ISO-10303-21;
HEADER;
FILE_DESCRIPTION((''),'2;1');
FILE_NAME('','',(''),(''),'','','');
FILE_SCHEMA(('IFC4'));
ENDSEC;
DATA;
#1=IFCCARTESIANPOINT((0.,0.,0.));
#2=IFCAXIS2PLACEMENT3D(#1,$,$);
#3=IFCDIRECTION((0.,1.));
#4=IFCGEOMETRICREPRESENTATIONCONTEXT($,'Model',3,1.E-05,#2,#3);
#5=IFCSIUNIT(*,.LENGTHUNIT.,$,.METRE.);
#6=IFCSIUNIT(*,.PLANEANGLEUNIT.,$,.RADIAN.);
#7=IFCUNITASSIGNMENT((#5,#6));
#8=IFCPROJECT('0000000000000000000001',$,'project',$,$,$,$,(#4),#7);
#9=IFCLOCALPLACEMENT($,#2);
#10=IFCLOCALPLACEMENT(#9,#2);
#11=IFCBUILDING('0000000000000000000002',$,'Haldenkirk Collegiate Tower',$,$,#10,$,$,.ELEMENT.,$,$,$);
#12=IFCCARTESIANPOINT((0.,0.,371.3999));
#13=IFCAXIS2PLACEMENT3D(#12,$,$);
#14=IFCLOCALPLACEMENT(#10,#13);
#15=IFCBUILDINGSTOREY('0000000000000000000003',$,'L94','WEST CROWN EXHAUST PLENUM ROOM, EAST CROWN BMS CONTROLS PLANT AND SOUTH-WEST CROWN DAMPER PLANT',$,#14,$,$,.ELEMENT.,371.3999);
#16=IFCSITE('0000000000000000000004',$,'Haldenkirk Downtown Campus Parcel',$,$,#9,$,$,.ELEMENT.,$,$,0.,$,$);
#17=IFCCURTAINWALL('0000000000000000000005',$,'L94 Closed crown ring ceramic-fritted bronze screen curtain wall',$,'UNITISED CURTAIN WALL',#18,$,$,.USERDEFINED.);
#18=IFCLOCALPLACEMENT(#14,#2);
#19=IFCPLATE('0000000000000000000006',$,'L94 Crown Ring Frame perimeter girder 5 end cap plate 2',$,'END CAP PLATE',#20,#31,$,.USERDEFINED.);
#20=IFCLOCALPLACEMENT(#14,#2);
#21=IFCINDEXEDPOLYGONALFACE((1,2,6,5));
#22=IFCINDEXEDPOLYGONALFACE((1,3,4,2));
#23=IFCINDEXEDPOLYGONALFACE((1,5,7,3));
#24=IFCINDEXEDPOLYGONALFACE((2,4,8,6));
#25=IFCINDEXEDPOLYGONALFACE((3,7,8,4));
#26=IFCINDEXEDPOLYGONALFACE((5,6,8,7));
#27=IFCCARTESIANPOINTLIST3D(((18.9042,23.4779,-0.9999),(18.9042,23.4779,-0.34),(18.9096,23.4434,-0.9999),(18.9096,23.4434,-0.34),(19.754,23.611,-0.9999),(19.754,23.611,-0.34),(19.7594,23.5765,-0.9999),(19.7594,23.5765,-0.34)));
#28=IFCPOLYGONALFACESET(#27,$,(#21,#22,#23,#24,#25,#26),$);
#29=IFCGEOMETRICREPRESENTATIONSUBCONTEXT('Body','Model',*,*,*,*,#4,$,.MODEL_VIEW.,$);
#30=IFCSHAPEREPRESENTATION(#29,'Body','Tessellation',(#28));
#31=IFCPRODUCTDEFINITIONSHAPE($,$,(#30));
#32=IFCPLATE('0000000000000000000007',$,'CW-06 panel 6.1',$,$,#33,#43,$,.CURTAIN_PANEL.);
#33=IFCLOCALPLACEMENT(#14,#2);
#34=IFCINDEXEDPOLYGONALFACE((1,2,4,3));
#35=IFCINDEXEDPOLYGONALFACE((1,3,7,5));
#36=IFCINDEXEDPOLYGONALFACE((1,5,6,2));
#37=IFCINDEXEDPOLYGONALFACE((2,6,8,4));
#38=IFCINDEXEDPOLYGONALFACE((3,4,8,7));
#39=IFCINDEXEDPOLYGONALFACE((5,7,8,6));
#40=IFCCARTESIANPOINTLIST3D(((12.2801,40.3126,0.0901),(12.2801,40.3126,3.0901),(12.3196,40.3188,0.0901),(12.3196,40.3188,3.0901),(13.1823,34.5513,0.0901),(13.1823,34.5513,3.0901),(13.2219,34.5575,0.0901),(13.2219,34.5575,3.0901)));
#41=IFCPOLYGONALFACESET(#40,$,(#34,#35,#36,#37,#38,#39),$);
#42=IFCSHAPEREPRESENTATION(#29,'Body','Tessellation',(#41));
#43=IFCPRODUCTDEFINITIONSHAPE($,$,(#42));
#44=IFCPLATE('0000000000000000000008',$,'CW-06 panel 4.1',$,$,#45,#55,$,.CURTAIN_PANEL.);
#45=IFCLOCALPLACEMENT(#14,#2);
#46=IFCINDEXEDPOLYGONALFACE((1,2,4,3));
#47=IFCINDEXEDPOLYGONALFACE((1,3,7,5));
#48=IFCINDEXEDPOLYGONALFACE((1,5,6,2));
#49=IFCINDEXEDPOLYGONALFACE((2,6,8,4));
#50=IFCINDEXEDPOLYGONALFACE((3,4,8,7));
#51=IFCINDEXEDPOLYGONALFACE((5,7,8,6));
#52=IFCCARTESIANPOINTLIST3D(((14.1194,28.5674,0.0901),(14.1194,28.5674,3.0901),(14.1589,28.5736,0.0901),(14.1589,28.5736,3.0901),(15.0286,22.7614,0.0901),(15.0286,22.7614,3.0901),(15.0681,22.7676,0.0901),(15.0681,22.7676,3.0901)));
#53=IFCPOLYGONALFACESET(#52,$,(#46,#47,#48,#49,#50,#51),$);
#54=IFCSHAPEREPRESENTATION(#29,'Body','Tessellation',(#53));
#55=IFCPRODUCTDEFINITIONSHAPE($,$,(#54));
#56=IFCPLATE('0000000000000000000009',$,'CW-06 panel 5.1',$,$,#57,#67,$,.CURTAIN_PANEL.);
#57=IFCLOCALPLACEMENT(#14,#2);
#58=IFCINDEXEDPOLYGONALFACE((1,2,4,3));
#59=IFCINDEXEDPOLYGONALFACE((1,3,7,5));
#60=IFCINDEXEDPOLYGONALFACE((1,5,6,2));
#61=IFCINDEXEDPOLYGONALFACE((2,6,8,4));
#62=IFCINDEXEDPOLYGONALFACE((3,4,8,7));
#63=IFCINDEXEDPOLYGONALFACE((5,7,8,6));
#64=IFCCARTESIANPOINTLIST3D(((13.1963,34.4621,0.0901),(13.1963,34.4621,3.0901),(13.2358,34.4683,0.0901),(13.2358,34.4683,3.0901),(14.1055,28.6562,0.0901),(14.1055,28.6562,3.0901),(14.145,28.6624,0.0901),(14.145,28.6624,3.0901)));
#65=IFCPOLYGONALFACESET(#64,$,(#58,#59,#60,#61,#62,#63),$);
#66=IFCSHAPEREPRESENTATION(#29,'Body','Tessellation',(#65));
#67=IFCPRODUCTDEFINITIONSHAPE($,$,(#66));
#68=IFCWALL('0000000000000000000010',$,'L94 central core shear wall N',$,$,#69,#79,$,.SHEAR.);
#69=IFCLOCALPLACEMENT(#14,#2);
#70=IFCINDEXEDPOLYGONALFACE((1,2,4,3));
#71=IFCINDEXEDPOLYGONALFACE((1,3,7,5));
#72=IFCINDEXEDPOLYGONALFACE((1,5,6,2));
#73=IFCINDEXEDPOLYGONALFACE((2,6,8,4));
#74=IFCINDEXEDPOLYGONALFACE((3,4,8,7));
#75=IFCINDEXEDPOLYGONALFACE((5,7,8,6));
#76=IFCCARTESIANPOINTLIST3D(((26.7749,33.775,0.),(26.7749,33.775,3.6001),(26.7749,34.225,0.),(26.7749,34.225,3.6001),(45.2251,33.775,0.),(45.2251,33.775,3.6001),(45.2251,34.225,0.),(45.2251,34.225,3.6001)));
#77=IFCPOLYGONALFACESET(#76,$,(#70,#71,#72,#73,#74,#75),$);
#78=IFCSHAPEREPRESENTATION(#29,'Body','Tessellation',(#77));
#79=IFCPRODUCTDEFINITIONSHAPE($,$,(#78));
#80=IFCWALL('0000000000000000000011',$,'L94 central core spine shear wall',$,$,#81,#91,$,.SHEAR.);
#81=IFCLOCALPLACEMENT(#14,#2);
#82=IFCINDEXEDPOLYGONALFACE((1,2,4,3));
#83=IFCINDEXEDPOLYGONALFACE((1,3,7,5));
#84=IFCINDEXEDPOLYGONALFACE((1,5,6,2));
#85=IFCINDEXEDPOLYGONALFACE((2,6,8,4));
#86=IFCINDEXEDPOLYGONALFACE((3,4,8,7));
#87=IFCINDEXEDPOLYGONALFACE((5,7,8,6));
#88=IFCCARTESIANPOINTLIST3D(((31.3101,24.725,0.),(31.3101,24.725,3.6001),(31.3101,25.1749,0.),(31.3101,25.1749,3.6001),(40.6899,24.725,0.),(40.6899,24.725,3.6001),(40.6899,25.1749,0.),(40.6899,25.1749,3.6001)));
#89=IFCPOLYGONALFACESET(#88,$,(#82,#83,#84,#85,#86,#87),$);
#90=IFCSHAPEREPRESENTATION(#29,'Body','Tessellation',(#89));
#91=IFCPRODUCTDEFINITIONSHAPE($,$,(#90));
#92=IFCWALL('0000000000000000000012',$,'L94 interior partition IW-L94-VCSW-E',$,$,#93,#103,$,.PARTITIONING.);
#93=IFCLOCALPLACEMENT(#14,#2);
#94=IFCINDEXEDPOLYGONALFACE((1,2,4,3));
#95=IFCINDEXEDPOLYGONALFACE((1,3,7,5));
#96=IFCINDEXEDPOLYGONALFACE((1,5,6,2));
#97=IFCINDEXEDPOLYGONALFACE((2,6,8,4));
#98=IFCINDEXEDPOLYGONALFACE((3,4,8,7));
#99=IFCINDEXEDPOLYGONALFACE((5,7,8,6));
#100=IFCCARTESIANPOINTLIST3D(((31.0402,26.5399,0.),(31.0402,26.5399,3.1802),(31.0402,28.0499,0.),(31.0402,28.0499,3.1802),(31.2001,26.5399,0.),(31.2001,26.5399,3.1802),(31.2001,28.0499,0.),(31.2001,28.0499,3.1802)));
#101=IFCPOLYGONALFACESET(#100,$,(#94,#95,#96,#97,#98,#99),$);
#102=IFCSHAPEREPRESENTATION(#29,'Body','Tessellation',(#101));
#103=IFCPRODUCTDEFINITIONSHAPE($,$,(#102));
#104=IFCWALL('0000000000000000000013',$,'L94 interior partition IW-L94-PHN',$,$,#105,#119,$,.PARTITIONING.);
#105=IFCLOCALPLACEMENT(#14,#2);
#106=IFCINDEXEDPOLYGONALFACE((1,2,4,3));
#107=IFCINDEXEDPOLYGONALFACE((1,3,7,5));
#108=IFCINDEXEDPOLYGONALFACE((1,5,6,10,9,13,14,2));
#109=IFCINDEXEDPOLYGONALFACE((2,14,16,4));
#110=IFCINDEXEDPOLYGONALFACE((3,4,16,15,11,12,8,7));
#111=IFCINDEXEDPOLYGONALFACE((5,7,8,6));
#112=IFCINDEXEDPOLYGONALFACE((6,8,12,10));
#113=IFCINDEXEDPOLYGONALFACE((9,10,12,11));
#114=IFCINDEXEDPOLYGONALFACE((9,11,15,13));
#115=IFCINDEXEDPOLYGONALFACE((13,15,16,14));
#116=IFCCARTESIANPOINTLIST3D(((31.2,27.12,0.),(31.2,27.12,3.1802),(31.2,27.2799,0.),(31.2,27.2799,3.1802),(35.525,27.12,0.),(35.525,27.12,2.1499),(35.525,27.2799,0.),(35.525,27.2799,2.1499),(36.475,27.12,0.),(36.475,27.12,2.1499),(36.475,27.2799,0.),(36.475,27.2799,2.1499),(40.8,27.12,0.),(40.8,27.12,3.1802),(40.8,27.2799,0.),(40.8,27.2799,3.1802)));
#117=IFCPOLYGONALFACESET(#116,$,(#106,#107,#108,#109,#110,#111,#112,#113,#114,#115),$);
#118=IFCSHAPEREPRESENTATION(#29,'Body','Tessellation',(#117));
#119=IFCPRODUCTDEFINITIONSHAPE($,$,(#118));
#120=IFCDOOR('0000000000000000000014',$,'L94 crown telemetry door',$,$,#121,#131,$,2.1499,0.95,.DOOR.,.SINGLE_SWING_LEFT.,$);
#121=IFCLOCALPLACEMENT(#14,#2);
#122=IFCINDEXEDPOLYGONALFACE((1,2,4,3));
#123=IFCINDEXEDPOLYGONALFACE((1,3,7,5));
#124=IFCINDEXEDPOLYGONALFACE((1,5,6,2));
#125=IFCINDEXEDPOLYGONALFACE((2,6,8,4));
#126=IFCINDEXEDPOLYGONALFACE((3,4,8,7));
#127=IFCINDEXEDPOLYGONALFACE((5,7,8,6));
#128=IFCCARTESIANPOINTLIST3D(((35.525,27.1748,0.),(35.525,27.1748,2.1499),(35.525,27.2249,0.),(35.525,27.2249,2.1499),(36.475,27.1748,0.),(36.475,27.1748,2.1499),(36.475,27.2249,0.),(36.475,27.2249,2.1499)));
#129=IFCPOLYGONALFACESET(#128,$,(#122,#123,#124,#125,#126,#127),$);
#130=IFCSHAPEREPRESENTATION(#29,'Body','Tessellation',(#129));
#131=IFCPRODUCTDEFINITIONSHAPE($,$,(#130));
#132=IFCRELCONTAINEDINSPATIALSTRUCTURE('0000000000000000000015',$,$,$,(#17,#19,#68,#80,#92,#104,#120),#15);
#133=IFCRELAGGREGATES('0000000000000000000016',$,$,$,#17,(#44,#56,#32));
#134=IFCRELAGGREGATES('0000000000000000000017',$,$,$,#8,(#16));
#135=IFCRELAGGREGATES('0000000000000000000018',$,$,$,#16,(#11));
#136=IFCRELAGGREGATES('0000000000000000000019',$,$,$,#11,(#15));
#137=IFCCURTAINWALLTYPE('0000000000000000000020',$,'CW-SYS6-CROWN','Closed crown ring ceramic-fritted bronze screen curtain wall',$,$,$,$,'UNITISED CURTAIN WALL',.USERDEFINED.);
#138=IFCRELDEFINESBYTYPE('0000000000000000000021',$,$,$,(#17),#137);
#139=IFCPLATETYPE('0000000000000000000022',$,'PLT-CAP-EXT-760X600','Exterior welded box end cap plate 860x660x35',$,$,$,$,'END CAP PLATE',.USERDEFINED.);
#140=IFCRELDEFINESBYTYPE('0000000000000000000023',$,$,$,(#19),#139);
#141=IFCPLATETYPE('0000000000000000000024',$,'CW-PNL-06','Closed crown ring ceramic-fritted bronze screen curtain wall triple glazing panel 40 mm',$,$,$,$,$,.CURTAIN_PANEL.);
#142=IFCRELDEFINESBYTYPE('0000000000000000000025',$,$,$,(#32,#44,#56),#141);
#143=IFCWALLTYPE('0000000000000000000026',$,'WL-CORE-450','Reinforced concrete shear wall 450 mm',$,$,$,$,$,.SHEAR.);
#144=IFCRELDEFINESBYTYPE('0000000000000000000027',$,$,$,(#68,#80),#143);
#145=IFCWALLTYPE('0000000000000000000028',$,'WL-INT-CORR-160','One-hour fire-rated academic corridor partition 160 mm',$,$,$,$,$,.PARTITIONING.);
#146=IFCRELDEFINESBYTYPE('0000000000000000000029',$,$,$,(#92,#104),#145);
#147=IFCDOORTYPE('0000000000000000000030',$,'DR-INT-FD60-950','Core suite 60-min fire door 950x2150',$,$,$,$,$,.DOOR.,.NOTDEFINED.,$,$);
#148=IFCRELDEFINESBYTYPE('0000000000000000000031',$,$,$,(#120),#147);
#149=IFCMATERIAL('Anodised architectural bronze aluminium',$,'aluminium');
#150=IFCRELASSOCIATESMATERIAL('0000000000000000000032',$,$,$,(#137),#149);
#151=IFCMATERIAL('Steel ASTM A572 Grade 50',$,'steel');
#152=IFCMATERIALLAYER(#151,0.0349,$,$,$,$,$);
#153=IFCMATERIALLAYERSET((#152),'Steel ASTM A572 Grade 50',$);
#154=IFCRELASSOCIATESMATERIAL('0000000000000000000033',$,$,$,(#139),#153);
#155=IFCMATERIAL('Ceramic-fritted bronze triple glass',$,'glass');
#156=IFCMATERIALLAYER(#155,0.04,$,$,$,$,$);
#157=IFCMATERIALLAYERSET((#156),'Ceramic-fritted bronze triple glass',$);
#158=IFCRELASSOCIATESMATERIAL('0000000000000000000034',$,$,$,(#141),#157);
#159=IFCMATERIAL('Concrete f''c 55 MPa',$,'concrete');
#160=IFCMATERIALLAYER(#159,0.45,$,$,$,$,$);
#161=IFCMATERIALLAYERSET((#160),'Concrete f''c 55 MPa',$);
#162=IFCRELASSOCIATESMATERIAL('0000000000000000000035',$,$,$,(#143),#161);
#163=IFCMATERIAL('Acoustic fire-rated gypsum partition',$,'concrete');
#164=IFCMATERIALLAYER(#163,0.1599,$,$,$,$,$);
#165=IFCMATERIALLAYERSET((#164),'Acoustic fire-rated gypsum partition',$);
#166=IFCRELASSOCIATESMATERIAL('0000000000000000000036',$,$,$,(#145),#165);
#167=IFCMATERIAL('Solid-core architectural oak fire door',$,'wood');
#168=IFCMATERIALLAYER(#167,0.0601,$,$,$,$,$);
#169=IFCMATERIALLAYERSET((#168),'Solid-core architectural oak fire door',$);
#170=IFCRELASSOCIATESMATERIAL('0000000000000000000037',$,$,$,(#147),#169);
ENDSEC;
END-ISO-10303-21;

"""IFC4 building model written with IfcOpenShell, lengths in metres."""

from ifc_helpers import new_model, si_unit, direction, frame, frame_2d, origin, origin_2d, place, context, subcontext, project, spatial, rectangle, extrude, source, transform, mapped, material, layer, layer_set, type_object, element, fill, aggregate, save


model = new_model("IFC4")

# Units and contexts
model_context = context("Model", 3, precision=1e-05, world=origin(), true_north=direction((0.0, 1.0)))
body_context = subcontext(model_context, "Body", "Model", "MODEL_VIEW")
ifc_project = project(units=[si_unit("LENGTHUNIT", "METRE"), si_unit("PLANEANGLEUNIT", "RADIAN")], contexts=[model_context])

# Site, building, storey
site_placement = place(None, origin())
site = spatial("IfcSite", under=ifc_project, at=site_placement, Name="Haldenkirk Downtown Campus Parcel", CompositionType="ELEMENT", RefElevation=0.0)
building_placement = place(site_placement, origin())
building = spatial("IfcBuilding", under=site, at=building_placement, Name="Haldenkirk Collegiate Tower", CompositionType="ELEMENT")
storey_placement = place(building_placement, frame((0.0, 0.0, 371.3999)))
storey = spatial("IfcBuildingStorey", under=building, at=storey_placement, Name="L94", Description="WEST CROWN EXHAUST PLENUM ROOM, EAST CROWN BMS CONTROLS PLANT AND SOUTH-WEST CROWN DAMPER PLANT", CompositionType="ELEMENT", Elevation=371.3999)

# Shared definitions
ifc_material_1 = material(Name="Steel ASTM A572 Grade 50", Category="steel")

# Curtain wall
ifc_material_2 = material(Name="Anodised architectural bronze aluminium", Category="aluminium")
curtain_wall_type = type_object("IfcCurtainWallType", Name="CW-SYS6-CROWN", Description="Closed crown ring ceramic-fritted bronze screen curtain wall", ElementType="UNITISED CURTAIN WALL", PredefinedType="USERDEFINED", material=ifc_material_2)
curtain_wall_placement = place(storey_placement, origin())
curtain_wall = element("IfcCurtainWall", 1, at=curtain_wall_placement, inside=storey, type_object=curtain_wall_type, Name="L94 Closed crown ring ceramic-fritted bronze screen curtain wall", ObjectType="UNITISED CURTAIN WALL", PredefinedType="USERDEFINED")

# Plate
ifc_layer_1 = layer(ifc_material_1, 0.0349)
ifc_layer_set_1 = layer_set([ifc_layer_1], Name="Steel ASTM A572 Grade 50")
plate_type_1 = type_object("IfcPlateType", Name="PLT-CAP-EXT-760X600", Description="Exterior welded box end cap plate 860x660x35", ElementType="END CAP PLATE", PredefinedType="USERDEFINED", material=ifc_layer_set_1)
shared_shape_1 = source(origin(), body_context, "Body", "SweptSolid", [
    extrude(rectangle(XDim=0.8601, YDim=0.6599, at=origin_2d()), origin(), (0.0, 0.0, 1.0), 0.0349),
])
for number, where, z_axis, x_axis, name in (
    (2, (19.3291, 23.5444, -0.6699), (0.154711, -0.98796, 0.0), (0.98796, 0.154711, 0.0), "L94 Crown Ring Frame perimeter girder 5 end cap plate 2"),
):
    element("IfcPlate", number, at=place(storey_placement, frame(where, z_axis=z_axis, x_axis=x_axis)), inside=storey, type_object=plate_type_1, Name=name, ObjectType="END CAP PLATE", PredefinedType="USERDEFINED", context=body_context, shape_type="MappedRepresentation", body=[
        mapped(shared_shape_1, transform((0.0, 0.0, 0.0), x_axis=(1.0, 0.0, 0.0), y_axis=(0.0, 1.0, 0.0), z_axis=(0.0, 0.0, 1.0), scale=1.0)),
    ])

# Plates
ifc_material_3 = material(Name="Ceramic-fritted bronze triple glass", Category="glass")
ifc_layer_2 = layer(ifc_material_3, 0.04)
ifc_layer_set_2 = layer_set([ifc_layer_2], Name="Ceramic-fritted bronze triple glass")
plate_type_2 = type_object("IfcPlateType", Name="CW-PNL-06", Description="Closed crown ring ceramic-fritted bronze screen curtain wall triple glazing panel 40 mm", PredefinedType="CURTAIN_PANEL", material=ifc_layer_set_2)
shared_shape_2 = source(origin(), body_context, "Body", "SweptSolid", [
    extrude(rectangle(XDim=5.8315, YDim=0.04, at=origin_2d()), origin(), (0.0, 0.0, 1.0), 3.0),
])
plate_1_placement = place(storey_placement, frame((12.751, 37.4351, 0.0901), z_axis=(0.0, 0.0, 1.0), x_axis=(-0.154713, 0.98796, 0.0)))
plate_1 = element("IfcPlate", 3, at=plate_1_placement, type_object=plate_type_2, Name="CW-06 panel 6.1", PredefinedType="CURTAIN_PANEL", context=body_context, shape_type="MappedRepresentation", body=[
    mapped(shared_shape_2, transform((0.0, 0.0, 0.0), x_axis=(1.0, 0.0, 0.0), y_axis=(0.0, 1.0, 0.0), z_axis=(0.0, 0.0, 1.0), scale=1.0)),
])
shared_shape_3 = source(origin(), body_context, "Body", "SweptSolid", [
    extrude(rectangle(XDim=5.8767, YDim=0.04, at=origin_2d()), origin(), (0.0, 0.0, 1.0), 3.0),
])
plate_2_placement = place(storey_placement, frame((14.5938, 25.6675, 0.0901), z_axis=(0.0, 0.0, 1.0), x_axis=(-0.154713, 0.98796, 0.0)))
plate_2 = element("IfcPlate", 4, at=plate_2_placement, type_object=plate_type_2, Name="CW-06 panel 4.1", PredefinedType="CURTAIN_PANEL", context=body_context, shape_type="MappedRepresentation", body=[
    mapped(shared_shape_3, transform((0.0, 0.0, 0.0), x_axis=(1.0, 0.0, 0.0), y_axis=(0.0, 1.0, 0.0), z_axis=(0.0, 0.0, 1.0), scale=1.0)),
])
plate_3_placement = place(storey_placement, frame((13.6707, 31.5623, 0.0901), z_axis=(0.0, 0.0, 1.0), x_axis=(-0.154713, 0.98796, 0.0)))
plate_3 = element("IfcPlate", 5, at=plate_3_placement, type_object=plate_type_2, Name="CW-06 panel 5.1", PredefinedType="CURTAIN_PANEL", context=body_context, shape_type="MappedRepresentation", body=[
    mapped(shared_shape_3, transform((0.0, 0.0, 0.0), x_axis=(1.0, 0.0, 0.0), y_axis=(0.0, 1.0, 0.0), z_axis=(0.0, 0.0, 1.0), scale=1.0)),
])
aggregate(curtain_wall, [plate_2, plate_3, plate_1])

# Walls
ifc_material_4 = material(Name="Concrete f'c 55 MPa", Category="concrete")
ifc_layer_3 = layer(ifc_material_4, 0.45)
ifc_layer_set_3 = layer_set([ifc_layer_3], Name="Concrete f'c 55 MPa")
wall_type_1 = type_object("IfcWallType", Name="WL-CORE-450", Description="Reinforced concrete shear wall 450 mm", PredefinedType="SHEAR", material=ifc_layer_set_3)
wall_1_placement = place(storey_placement, frame((26.7749, 34.0, 0.0), z_axis=(0.0, 0.0, 1.0), x_axis=(1.0, 0.0, 0.0)))
element("IfcWall", 6, at=wall_1_placement, inside=storey, type_object=wall_type_1, Name="L94 central core shear wall N", PredefinedType="SHEAR", context=body_context, shape_type="SweptSolid", body=[
    extrude(rectangle(XDim=18.4502, YDim=0.45, at=frame_2d((9.2251, 0.0))), origin(), (0.0, 0.0, 1.0), 3.6001),
])
wall_2_placement = place(storey_placement, frame((31.3101, 24.95, 0.0), z_axis=(0.0, 0.0, 1.0), x_axis=(1.0, 0.0, 0.0)))
element("IfcWall", 7, at=wall_2_placement, inside=storey, type_object=wall_type_1, Name="L94 central core spine shear wall", PredefinedType="SHEAR", context=body_context, shape_type="SweptSolid", body=[
    extrude(rectangle(XDim=9.3799, YDim=0.45, at=frame_2d((4.6899, 0.0))), origin(), (0.0, 0.0, 1.0), 3.6001),
])

# Shared definitions
ifc_material_5 = material(Name="Acoustic fire-rated gypsum partition", Category="concrete")
ifc_layer_4 = layer(ifc_material_5, 0.1599)
ifc_layer_set_4 = layer_set([ifc_layer_4], Name="Acoustic fire-rated gypsum partition")
wall_type_2 = type_object("IfcWallType", Name="WL-INT-CORR-160", Description="One-hour fire-rated academic corridor partition 160 mm", PredefinedType="PARTITIONING", material=ifc_layer_set_4)
ifc_material_6 = material(Name="Solid-core architectural oak fire door", Category="wood")
ifc_layer_5 = layer(ifc_material_6, 0.0601)
ifc_layer_set_5 = layer_set([ifc_layer_5], Name="Solid-core architectural oak fire door")
door_type_1 = type_object("IfcDoorType", Name="DR-INT-FD60-950", Description="Core suite 60-min fire door 950x2150", OperationType="NOTDEFINED", PredefinedType="DOOR", material=ifc_layer_set_5)

# Wall
wall_3_placement = place(storey_placement, frame((31.1201, 26.54, 0.0), z_axis=(0.0, 0.0, 1.0), x_axis=(0.0, 1.0, 0.0)))
element("IfcWall", 8, at=wall_3_placement, inside=storey, type_object=wall_type_2, Name="L94 interior partition IW-L94-VCSW-E", PredefinedType="PARTITIONING", context=body_context, shape_type="SweptSolid", body=[
    extrude(rectangle(XDim=1.51, YDim=0.1599, at=frame_2d((0.7549, 0.0))), origin(), (0.0, 0.0, 1.0), 3.1802),
])

# Wall, opening, door
wall_4_placement = place(storey_placement, frame((31.2, 27.2, 0.0), z_axis=(0.0, 0.0, 1.0), x_axis=(1.0, 0.0, 0.0)))
wall_4 = element("IfcWall", 9, at=wall_4_placement, inside=storey, type_object=wall_type_2, Name="L94 interior partition IW-L94-PHN", PredefinedType="PARTITIONING", context=body_context, shape_type="SweptSolid", body=[
    extrude(rectangle(XDim=9.6001, YDim=0.1599, at=frame_2d((4.8, 0.0))), origin(), (0.0, 0.0, 1.0), 3.1802),
])
opening_1_placement = place(wall_4_placement, frame((4.325, 0.0, 0.0)))
opening_1 = element("IfcOpeningElement", 10, at=opening_1_placement, cuts=wall_4, PredefinedType="OPENING", context=body_context, shape_type="SweptSolid", body=[
    extrude(rectangle(XDim=0.95, YDim=2.1499, at=frame_2d((0.4751, 1.075))), frame((0.0, 0.0898, 0.0), z_axis=(0.0, -1.0, 0.0), x_axis=(1.0, 0.0, 0.0)), (0.0, 0.0, 1.0), 0.1799),
])
door_1_placement = place(opening_1_placement, origin())
door_1 = element("IfcDoor", 11, at=door_1_placement, inside=storey, type_object=door_type_1, Name="L94 crown telemetry door", OperationType="SINGLE_SWING_LEFT", OverallHeight=2.1499, OverallWidth=0.95, PredefinedType="DOOR", context=body_context, shape_type="SweptSolid", body=[
    extrude(rectangle(XDim=0.95, YDim=2.1499, at=frame_2d((0.4751, 1.075))), frame((0.0, 0.0249, 0.0), z_axis=(0.0, -1.0, 0.0), x_axis=(1.0, 0.0, 0.0)), (0.0, 0.0, 1.0), 0.05),
])
fill(opening_1, door_1)

save(model, "model.ifc")
